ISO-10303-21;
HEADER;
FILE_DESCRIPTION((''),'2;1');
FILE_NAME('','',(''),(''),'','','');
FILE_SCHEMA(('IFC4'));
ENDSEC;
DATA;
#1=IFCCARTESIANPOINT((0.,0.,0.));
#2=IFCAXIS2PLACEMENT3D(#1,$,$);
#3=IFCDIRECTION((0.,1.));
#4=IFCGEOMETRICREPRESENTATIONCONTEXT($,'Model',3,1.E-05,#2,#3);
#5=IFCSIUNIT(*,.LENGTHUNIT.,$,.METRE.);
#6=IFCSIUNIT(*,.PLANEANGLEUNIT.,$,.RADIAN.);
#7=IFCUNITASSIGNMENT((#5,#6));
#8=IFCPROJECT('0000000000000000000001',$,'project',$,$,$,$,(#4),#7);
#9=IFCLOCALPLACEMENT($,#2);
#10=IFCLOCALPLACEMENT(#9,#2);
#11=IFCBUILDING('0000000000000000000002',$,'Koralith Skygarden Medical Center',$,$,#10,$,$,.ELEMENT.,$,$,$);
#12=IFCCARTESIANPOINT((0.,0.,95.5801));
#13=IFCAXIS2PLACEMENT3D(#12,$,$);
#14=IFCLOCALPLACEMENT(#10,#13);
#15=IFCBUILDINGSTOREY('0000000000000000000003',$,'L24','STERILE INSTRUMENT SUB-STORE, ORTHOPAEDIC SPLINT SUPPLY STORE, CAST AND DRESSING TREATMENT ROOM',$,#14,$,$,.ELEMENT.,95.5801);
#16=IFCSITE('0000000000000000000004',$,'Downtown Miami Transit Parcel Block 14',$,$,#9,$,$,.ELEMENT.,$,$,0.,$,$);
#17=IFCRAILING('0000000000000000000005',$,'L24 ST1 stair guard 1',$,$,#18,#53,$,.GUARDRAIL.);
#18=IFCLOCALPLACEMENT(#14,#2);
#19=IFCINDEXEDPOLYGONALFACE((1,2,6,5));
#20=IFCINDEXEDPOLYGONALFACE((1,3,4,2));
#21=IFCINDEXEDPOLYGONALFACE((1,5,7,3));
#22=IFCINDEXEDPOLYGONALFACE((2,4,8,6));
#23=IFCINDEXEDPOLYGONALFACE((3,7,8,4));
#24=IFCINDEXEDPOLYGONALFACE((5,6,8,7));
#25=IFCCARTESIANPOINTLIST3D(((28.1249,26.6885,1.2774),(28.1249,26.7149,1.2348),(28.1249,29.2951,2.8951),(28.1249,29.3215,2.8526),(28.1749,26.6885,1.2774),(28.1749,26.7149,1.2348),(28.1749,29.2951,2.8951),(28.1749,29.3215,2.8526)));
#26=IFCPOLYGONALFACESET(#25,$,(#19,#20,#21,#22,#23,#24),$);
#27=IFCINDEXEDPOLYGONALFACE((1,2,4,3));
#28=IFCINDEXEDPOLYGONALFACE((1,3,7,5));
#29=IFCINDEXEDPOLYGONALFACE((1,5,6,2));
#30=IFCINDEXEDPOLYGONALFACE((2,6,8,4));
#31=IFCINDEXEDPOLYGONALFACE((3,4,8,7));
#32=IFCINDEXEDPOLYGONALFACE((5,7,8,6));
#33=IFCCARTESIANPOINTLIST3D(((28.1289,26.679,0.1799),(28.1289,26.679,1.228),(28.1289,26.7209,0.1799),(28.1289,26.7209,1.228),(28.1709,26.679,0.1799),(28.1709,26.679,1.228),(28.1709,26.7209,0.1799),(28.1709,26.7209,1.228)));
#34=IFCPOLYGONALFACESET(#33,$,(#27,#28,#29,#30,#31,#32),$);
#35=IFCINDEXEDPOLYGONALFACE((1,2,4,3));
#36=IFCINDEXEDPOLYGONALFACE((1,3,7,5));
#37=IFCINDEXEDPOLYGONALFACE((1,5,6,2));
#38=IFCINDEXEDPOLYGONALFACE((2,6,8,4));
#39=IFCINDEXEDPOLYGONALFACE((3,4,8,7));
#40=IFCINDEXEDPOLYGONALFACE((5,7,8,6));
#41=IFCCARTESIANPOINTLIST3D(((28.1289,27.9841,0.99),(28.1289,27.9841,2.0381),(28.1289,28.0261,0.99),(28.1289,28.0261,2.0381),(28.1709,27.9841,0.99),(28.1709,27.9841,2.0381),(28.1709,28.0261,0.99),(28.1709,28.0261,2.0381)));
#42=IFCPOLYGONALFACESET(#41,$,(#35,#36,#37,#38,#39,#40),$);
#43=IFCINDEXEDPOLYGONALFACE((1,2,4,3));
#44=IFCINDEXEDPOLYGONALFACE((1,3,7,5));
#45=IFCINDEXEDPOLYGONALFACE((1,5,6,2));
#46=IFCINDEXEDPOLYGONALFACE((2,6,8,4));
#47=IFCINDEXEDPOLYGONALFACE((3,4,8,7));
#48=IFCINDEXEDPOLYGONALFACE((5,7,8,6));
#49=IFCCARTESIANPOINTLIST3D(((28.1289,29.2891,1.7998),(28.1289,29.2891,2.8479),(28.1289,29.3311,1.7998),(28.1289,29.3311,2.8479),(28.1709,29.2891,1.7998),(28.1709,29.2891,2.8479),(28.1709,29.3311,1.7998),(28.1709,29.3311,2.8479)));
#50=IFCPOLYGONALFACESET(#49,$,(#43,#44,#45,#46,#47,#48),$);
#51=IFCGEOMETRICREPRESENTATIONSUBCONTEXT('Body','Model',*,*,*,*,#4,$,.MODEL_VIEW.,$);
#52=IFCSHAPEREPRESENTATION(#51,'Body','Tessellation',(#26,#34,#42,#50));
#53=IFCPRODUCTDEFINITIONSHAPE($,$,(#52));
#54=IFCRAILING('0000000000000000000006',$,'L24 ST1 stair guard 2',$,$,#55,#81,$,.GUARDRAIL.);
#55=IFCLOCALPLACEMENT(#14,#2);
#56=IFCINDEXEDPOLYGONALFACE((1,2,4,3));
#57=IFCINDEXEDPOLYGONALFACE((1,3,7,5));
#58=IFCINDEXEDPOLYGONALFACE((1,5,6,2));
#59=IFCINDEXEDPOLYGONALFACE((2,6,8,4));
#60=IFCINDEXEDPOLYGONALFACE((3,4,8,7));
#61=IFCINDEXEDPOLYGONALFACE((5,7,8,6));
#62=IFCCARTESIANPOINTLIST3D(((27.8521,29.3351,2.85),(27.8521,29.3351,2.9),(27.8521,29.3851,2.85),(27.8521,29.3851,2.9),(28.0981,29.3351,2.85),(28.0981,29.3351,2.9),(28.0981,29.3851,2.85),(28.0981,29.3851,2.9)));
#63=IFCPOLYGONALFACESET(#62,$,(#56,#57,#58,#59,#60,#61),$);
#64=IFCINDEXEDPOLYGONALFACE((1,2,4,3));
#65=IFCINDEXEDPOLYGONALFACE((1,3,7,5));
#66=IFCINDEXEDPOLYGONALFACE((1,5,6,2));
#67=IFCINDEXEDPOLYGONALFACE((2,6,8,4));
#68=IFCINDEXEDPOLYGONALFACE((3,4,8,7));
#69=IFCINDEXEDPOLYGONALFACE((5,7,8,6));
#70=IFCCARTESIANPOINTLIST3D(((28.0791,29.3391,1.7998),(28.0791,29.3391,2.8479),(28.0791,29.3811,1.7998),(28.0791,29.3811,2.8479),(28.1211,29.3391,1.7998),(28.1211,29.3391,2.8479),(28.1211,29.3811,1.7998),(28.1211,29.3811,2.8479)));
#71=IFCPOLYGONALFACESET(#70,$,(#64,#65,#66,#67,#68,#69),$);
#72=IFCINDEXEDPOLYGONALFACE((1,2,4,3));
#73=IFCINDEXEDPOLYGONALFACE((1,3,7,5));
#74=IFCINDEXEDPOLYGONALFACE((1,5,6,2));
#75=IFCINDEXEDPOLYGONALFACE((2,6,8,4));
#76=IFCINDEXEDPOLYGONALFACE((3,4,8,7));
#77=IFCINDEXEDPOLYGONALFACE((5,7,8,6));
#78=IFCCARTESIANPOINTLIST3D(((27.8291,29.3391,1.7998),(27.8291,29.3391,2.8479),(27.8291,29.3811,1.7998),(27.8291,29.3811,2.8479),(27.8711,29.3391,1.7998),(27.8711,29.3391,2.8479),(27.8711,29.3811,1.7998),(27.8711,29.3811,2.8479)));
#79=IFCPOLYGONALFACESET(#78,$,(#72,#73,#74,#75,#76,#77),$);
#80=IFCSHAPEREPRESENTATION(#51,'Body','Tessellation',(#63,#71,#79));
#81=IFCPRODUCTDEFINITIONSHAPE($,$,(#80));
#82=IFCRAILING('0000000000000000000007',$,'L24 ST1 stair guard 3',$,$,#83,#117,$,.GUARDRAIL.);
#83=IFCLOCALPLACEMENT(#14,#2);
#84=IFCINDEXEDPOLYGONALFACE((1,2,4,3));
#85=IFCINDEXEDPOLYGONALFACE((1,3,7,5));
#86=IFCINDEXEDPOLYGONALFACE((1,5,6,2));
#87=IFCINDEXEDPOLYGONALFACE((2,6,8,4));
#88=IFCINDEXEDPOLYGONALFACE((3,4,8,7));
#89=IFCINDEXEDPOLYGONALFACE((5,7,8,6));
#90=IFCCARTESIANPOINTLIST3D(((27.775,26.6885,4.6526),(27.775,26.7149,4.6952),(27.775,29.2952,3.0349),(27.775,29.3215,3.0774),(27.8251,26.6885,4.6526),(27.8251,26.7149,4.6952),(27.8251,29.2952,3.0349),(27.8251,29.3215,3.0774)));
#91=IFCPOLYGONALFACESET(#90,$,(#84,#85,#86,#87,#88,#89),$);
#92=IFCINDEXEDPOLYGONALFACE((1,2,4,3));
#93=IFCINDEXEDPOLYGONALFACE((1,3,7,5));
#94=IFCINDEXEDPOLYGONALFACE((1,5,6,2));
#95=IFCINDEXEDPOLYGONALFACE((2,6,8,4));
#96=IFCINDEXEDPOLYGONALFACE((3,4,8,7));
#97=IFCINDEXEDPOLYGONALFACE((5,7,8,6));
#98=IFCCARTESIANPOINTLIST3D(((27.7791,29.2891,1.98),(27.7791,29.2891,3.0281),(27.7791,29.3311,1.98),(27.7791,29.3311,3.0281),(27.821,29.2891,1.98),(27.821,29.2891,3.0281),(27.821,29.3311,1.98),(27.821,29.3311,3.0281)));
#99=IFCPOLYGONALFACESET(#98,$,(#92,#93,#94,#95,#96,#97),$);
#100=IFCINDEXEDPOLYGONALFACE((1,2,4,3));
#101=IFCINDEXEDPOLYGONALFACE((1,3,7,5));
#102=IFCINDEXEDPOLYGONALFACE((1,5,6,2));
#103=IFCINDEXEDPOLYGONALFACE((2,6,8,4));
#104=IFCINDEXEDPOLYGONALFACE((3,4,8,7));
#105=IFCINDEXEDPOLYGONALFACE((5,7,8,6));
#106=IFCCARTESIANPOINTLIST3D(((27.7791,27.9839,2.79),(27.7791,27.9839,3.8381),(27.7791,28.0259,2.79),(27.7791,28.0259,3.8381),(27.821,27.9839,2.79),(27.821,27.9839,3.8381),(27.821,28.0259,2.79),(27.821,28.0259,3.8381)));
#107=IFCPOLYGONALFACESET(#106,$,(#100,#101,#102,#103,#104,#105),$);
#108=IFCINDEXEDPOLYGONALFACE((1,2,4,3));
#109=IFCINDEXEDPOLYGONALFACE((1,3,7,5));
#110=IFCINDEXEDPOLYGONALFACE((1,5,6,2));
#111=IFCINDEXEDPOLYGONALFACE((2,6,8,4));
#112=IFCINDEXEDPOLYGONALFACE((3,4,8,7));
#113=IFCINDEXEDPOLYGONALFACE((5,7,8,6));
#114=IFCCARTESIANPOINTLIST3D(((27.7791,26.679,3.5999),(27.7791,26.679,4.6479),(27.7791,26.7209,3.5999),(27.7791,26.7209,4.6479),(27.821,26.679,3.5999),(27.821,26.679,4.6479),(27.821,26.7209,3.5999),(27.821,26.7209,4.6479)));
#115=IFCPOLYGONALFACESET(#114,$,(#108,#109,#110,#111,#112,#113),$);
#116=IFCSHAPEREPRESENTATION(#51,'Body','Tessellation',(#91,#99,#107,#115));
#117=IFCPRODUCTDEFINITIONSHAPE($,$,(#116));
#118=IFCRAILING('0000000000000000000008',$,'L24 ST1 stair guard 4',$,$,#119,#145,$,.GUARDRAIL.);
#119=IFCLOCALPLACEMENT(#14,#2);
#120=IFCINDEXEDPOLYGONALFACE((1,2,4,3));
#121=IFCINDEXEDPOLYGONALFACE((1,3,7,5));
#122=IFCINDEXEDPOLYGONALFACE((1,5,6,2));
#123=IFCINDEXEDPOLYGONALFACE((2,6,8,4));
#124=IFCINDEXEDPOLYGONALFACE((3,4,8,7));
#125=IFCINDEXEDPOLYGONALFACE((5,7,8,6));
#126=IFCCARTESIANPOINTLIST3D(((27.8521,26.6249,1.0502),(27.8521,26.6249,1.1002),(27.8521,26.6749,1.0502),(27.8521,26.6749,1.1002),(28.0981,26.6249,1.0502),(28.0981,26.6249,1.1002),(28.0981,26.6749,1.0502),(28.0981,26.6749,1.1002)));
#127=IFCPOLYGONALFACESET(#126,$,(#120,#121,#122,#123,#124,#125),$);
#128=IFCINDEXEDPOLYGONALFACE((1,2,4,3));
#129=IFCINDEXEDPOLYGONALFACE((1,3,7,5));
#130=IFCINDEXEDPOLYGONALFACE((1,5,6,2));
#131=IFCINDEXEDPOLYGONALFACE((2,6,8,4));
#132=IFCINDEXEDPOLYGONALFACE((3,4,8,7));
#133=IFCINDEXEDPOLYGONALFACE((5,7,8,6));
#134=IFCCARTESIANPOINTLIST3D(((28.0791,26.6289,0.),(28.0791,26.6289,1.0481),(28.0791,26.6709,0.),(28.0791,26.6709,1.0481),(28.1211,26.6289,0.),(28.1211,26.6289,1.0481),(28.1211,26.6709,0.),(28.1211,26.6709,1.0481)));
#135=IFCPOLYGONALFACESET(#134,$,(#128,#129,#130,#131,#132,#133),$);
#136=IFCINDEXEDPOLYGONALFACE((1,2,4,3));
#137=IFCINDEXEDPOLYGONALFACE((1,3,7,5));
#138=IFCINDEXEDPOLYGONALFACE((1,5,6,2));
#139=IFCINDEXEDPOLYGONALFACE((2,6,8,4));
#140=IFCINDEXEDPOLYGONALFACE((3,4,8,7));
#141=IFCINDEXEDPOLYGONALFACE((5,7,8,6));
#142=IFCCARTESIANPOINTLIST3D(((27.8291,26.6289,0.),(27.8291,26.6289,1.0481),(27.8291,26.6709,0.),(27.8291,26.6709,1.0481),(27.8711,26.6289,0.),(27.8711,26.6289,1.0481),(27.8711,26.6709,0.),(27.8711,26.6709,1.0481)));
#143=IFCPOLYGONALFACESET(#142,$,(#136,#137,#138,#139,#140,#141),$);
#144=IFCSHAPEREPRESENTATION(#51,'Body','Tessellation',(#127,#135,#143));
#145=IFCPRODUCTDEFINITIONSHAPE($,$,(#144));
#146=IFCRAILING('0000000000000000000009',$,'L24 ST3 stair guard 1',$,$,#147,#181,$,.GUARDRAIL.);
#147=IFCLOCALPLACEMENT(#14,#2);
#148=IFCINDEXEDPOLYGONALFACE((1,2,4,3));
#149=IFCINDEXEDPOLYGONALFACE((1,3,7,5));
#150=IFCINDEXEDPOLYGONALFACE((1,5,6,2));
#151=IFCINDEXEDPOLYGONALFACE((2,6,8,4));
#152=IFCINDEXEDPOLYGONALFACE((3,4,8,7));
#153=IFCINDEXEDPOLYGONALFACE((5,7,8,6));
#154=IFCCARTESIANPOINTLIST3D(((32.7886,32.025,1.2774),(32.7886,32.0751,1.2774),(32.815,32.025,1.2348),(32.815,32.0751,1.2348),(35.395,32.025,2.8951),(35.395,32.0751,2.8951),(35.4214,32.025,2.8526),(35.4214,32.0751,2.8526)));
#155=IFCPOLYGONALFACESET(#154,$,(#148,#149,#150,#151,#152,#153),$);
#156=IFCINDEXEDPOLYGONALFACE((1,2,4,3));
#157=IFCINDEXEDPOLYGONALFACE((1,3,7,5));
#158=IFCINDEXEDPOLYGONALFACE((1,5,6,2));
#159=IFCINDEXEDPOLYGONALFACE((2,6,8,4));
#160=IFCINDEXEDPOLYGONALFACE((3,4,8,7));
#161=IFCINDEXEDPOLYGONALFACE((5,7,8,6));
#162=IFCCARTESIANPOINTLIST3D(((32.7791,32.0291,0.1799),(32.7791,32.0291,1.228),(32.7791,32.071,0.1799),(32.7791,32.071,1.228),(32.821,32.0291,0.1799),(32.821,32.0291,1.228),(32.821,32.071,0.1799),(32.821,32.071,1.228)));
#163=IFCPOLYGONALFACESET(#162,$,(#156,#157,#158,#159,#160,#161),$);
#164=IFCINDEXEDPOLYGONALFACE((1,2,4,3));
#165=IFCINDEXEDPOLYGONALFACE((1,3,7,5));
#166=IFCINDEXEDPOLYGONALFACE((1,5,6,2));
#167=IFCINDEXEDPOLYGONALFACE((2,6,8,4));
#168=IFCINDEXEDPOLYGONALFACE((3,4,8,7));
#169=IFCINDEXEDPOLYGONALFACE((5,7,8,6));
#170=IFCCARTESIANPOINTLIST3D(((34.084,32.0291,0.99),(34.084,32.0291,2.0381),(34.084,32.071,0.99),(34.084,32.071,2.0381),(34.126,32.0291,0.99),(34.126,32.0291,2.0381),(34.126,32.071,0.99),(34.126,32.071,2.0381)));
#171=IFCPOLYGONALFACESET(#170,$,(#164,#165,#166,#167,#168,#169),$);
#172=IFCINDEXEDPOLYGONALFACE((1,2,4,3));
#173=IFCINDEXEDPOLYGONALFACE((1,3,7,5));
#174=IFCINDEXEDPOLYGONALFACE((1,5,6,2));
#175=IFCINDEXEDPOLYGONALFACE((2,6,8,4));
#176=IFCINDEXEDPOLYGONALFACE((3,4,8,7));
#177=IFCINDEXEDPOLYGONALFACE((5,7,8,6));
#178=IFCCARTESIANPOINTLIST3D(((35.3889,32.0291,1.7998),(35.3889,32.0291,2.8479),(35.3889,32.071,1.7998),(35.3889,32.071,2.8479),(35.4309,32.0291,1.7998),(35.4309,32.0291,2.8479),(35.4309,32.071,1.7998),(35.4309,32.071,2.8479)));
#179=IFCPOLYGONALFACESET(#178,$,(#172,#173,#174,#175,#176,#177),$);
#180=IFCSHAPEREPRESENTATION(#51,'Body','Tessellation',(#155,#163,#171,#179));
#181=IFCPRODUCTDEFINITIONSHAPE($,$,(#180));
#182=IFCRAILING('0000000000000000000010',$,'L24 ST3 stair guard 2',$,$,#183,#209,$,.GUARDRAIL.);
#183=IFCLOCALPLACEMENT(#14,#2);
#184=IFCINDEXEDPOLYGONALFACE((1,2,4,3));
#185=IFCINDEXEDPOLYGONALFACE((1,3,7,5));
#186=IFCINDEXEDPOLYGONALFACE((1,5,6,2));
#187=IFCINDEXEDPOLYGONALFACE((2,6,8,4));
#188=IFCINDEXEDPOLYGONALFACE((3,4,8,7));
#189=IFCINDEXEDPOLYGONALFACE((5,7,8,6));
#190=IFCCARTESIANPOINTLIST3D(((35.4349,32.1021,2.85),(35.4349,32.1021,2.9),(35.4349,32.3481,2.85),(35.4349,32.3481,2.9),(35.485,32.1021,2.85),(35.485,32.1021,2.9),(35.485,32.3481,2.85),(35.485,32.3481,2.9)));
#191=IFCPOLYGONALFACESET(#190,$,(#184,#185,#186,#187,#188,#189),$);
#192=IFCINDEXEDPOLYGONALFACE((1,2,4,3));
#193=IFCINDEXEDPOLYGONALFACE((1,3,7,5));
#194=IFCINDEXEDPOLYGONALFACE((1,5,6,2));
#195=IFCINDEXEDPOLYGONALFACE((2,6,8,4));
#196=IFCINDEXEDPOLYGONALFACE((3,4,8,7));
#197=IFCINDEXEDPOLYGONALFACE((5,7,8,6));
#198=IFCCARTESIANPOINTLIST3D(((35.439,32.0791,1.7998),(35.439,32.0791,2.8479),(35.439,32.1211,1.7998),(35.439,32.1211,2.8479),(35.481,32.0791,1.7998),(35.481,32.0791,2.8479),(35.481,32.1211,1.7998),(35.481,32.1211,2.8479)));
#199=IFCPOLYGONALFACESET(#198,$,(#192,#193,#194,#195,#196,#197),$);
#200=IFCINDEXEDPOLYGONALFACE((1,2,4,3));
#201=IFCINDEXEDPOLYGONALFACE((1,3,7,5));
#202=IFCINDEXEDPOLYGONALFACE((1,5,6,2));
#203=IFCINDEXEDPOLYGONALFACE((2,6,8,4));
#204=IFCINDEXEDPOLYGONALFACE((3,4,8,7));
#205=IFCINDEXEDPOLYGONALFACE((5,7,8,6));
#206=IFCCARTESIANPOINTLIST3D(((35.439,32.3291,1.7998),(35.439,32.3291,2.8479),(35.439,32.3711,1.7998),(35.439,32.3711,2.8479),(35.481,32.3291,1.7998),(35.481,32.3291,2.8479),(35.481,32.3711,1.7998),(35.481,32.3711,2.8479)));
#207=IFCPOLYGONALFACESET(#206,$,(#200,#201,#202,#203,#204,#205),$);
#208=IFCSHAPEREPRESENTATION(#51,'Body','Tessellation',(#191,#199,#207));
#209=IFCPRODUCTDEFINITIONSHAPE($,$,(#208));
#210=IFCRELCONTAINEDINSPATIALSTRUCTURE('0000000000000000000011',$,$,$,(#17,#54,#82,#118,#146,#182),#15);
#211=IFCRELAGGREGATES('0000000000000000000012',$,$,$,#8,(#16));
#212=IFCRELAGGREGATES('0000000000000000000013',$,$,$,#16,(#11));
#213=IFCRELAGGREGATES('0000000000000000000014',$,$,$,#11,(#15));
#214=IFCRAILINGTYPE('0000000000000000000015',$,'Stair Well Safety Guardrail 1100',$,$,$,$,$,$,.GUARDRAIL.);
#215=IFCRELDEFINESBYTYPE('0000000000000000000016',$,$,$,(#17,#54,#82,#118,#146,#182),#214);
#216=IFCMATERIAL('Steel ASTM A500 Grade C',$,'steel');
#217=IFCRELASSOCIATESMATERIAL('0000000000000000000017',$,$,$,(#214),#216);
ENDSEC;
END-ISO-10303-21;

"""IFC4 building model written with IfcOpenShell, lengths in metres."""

from ifc_helpers import new_model, si_unit, direction, frame, origin, origin_2d, place, context, subcontext, project, spatial, rectangle, extrude, material, type_object, element, save


model = new_model("IFC4")

# Units and contexts
model_context = context("Model", 3, precision=1e-05, world=origin(), true_north=direction((0.0, 1.0)))
body_context = subcontext(model_context, "Body", "Model", "MODEL_VIEW")
ifc_project = project(units=[si_unit("LENGTHUNIT", "METRE"), si_unit("PLANEANGLEUNIT", "RADIAN")], contexts=[model_context])

# Site, building, storey
site_placement = place(None, origin())
site = spatial("IfcSite", under=ifc_project, at=site_placement, Name="Downtown Miami Transit Parcel Block 14", CompositionType="ELEMENT", RefElevation=0.0)
building_placement = place(site_placement, origin())
building = spatial("IfcBuilding", under=site, at=building_placement, Name="Koralith Skygarden Medical Center", CompositionType="ELEMENT")
storey_placement = place(building_placement, frame((0.0, 0.0, 95.5801)))
storey = spatial("IfcBuildingStorey", under=building, at=storey_placement, Name="L24", Description="STERILE INSTRUMENT SUB-STORE, ORTHOPAEDIC SPLINT SUPPLY STORE, CAST AND DRESSING TREATMENT ROOM", CompositionType="ELEMENT", Elevation=95.5801)

# Railings
ifc_material_1 = material(Name="Steel ASTM A500 Grade C", Category="steel")
railing_type_1 = type_object("IfcRailingType", Name="Stair Well Safety Guardrail 1100", PredefinedType="GUARDRAIL", material=ifc_material_1)
railing_1_placement = place(storey_placement, frame((28.1499, 26.7, 0.1799)))
element("IfcRailing", 1, at=railing_1_placement, inside=storey, type_object=railing_type_1, Name="L24 ST1 stair guard 1", PredefinedType="GUARDRAIL", context=body_context, shape_type="SweptSolid", body=[
    extrude(rectangle(XDim=0.05, YDim=0.05, at=origin_2d()), frame((0.0, 0.0017, 1.0762), z_axis=(0.0, 0.849668, 0.527317), x_axis=(-1.0, 0.0, 0.0)), (0.0, 0.0, 1.0), 3.0679),
    extrude(rectangle(XDim=0.042, YDim=0.042, at=origin_2d()), origin(), (0.0, 0.0, 1.0), 1.0481),
    extrude(rectangle(XDim=0.042, YDim=0.042, at=origin_2d()), frame((0.0, 1.3052, 0.8101)), (0.0, 0.0, 1.0), 1.0481),
    extrude(rectangle(XDim=0.042, YDim=0.042, at=origin_2d()), frame((0.0, 2.6101, 1.6199)), (0.0, 0.0, 1.0), 1.0481),
])
railing_2_placement = place(storey_placement, frame((28.1001, 29.3601, 1.7998)))
element("IfcRailing", 2, at=railing_2_placement, inside=storey, type_object=railing_type_1, Name="L24 ST1 stair guard 2", PredefinedType="GUARDRAIL", context=body_context, shape_type="SweptSolid", body=[
    extrude(rectangle(XDim=0.05, YDim=0.05, at=origin_2d()), frame((-0.002, 0.0, 1.0752), z_axis=(-1.0, 0.0, 0.0), x_axis=(0.0, -1.0, 0.0)), (0.0, 0.0, 1.0), 0.2461),
    extrude(rectangle(XDim=0.042, YDim=0.042, at=origin_2d()), origin(), (0.0, 0.0, 1.0), 1.0481),
    extrude(rectangle(XDim=0.042, YDim=0.042, at=origin_2d()), frame((-0.25, 0.0, 0.0)), (0.0, 0.0, 1.0), 1.0481),
])
railing_3_placement = place(storey_placement, frame((27.8, 29.3101, 1.98)))
element("IfcRailing", 3, at=railing_3_placement, inside=storey, type_object=railing_type_1, Name="L24 ST1 stair guard 3", PredefinedType="GUARDRAIL", context=body_context, shape_type="SweptSolid", body=[
    extrude(rectangle(XDim=0.05, YDim=0.05, at=origin_2d()), frame((0.0, -0.0017, 1.0762), z_axis=(0.0, -0.849668, 0.527317), x_axis=(1.0, 0.0, 0.0)), (0.0, 0.0, 1.0), 3.0679),
    extrude(rectangle(XDim=0.042, YDim=0.042, at=origin_2d()), origin(), (0.0, 0.0, 1.0), 1.0481),
    extrude(rectangle(XDim=0.042, YDim=0.042, at=origin_2d()), frame((0.0, -1.3052, 0.8101)), (0.0, 0.0, 1.0), 1.0481),
    extrude(rectangle(XDim=0.042, YDim=0.042, at=origin_2d()), frame((0.0, -2.6101, 1.6199)), (0.0, 0.0, 1.0), 1.0481),
])
railing_4_placement = place(storey_placement, frame((28.1001, 26.6499, 0.0)))
element("IfcRailing", 4, at=railing_4_placement, inside=storey, type_object=railing_type_1, Name="L24 ST1 stair guard 4", PredefinedType="GUARDRAIL", context=body_context, shape_type="SweptSolid", body=[
    extrude(rectangle(XDim=0.05, YDim=0.05, at=origin_2d()), frame((-0.002, 0.0, 1.0752), z_axis=(-1.0, 0.0, 0.0), x_axis=(0.0, -1.0, 0.0)), (0.0, 0.0, 1.0), 0.2461),
    extrude(rectangle(XDim=0.042, YDim=0.042, at=origin_2d()), origin(), (0.0, 0.0, 1.0), 1.0481),
    extrude(rectangle(XDim=0.042, YDim=0.042, at=origin_2d()), frame((-0.25, 0.0, 0.0)), (0.0, 0.0, 1.0), 1.0481),
])
railing_5_placement = place(storey_placement, frame((32.8, 32.05, 0.1799)))
element("IfcRailing", 5, at=railing_5_placement, inside=storey, type_object=railing_type_1, Name="L24 ST3 stair guard 1", PredefinedType="GUARDRAIL", context=body_context, shape_type="SweptSolid", body=[
    extrude(rectangle(XDim=0.05, YDim=0.05, at=origin_2d()), frame((0.0017, 0.0, 1.0762), z_axis=(0.849646, 0.0, 0.527353), x_axis=(0.0, 1.0, 0.0)), (0.0, 0.0, 1.0), 3.0676),
    extrude(rectangle(XDim=0.042, YDim=0.042, at=origin_2d()), origin(), (0.0, 0.0, 1.0), 1.0481),
    extrude(rectangle(XDim=0.042, YDim=0.042, at=origin_2d()), frame((1.3049, 0.0, 0.8101)), (0.0, 0.0, 1.0), 1.0481),
    extrude(rectangle(XDim=0.042, YDim=0.042, at=origin_2d()), frame((2.6099, 0.0, 1.6199)), (0.0, 0.0, 1.0), 1.0481),
])
for number, where, name in (
    (6, (35.46, 32.1001, 1.7998), "L24 ST3 stair guard 2"),
):
    element("IfcRailing", number, at=place(storey_placement, frame(where)), inside=storey, type_object=railing_type_1, Name=name, PredefinedType="GUARDRAIL", context=body_context, shape_type="SweptSolid", body=[
        extrude(rectangle(XDim=0.05, YDim=0.05, at=origin_2d()), frame((0.0, 0.002, 1.0752), z_axis=(0.0, 1.0, 0.0), x_axis=(-1.0, 0.0, 0.0)), (0.0, 0.0, 1.0), 0.2461),
        extrude(rectangle(XDim=0.042, YDim=0.042, at=origin_2d()), origin(), (0.0, 0.0, 1.0), 1.0481),
        extrude(rectangle(XDim=0.042, YDim=0.042, at=origin_2d()), frame((0.0, 0.25, 0.0)), (0.0, 0.0, 1.0), 1.0481),
    ])

save(model, "model.ifc")
